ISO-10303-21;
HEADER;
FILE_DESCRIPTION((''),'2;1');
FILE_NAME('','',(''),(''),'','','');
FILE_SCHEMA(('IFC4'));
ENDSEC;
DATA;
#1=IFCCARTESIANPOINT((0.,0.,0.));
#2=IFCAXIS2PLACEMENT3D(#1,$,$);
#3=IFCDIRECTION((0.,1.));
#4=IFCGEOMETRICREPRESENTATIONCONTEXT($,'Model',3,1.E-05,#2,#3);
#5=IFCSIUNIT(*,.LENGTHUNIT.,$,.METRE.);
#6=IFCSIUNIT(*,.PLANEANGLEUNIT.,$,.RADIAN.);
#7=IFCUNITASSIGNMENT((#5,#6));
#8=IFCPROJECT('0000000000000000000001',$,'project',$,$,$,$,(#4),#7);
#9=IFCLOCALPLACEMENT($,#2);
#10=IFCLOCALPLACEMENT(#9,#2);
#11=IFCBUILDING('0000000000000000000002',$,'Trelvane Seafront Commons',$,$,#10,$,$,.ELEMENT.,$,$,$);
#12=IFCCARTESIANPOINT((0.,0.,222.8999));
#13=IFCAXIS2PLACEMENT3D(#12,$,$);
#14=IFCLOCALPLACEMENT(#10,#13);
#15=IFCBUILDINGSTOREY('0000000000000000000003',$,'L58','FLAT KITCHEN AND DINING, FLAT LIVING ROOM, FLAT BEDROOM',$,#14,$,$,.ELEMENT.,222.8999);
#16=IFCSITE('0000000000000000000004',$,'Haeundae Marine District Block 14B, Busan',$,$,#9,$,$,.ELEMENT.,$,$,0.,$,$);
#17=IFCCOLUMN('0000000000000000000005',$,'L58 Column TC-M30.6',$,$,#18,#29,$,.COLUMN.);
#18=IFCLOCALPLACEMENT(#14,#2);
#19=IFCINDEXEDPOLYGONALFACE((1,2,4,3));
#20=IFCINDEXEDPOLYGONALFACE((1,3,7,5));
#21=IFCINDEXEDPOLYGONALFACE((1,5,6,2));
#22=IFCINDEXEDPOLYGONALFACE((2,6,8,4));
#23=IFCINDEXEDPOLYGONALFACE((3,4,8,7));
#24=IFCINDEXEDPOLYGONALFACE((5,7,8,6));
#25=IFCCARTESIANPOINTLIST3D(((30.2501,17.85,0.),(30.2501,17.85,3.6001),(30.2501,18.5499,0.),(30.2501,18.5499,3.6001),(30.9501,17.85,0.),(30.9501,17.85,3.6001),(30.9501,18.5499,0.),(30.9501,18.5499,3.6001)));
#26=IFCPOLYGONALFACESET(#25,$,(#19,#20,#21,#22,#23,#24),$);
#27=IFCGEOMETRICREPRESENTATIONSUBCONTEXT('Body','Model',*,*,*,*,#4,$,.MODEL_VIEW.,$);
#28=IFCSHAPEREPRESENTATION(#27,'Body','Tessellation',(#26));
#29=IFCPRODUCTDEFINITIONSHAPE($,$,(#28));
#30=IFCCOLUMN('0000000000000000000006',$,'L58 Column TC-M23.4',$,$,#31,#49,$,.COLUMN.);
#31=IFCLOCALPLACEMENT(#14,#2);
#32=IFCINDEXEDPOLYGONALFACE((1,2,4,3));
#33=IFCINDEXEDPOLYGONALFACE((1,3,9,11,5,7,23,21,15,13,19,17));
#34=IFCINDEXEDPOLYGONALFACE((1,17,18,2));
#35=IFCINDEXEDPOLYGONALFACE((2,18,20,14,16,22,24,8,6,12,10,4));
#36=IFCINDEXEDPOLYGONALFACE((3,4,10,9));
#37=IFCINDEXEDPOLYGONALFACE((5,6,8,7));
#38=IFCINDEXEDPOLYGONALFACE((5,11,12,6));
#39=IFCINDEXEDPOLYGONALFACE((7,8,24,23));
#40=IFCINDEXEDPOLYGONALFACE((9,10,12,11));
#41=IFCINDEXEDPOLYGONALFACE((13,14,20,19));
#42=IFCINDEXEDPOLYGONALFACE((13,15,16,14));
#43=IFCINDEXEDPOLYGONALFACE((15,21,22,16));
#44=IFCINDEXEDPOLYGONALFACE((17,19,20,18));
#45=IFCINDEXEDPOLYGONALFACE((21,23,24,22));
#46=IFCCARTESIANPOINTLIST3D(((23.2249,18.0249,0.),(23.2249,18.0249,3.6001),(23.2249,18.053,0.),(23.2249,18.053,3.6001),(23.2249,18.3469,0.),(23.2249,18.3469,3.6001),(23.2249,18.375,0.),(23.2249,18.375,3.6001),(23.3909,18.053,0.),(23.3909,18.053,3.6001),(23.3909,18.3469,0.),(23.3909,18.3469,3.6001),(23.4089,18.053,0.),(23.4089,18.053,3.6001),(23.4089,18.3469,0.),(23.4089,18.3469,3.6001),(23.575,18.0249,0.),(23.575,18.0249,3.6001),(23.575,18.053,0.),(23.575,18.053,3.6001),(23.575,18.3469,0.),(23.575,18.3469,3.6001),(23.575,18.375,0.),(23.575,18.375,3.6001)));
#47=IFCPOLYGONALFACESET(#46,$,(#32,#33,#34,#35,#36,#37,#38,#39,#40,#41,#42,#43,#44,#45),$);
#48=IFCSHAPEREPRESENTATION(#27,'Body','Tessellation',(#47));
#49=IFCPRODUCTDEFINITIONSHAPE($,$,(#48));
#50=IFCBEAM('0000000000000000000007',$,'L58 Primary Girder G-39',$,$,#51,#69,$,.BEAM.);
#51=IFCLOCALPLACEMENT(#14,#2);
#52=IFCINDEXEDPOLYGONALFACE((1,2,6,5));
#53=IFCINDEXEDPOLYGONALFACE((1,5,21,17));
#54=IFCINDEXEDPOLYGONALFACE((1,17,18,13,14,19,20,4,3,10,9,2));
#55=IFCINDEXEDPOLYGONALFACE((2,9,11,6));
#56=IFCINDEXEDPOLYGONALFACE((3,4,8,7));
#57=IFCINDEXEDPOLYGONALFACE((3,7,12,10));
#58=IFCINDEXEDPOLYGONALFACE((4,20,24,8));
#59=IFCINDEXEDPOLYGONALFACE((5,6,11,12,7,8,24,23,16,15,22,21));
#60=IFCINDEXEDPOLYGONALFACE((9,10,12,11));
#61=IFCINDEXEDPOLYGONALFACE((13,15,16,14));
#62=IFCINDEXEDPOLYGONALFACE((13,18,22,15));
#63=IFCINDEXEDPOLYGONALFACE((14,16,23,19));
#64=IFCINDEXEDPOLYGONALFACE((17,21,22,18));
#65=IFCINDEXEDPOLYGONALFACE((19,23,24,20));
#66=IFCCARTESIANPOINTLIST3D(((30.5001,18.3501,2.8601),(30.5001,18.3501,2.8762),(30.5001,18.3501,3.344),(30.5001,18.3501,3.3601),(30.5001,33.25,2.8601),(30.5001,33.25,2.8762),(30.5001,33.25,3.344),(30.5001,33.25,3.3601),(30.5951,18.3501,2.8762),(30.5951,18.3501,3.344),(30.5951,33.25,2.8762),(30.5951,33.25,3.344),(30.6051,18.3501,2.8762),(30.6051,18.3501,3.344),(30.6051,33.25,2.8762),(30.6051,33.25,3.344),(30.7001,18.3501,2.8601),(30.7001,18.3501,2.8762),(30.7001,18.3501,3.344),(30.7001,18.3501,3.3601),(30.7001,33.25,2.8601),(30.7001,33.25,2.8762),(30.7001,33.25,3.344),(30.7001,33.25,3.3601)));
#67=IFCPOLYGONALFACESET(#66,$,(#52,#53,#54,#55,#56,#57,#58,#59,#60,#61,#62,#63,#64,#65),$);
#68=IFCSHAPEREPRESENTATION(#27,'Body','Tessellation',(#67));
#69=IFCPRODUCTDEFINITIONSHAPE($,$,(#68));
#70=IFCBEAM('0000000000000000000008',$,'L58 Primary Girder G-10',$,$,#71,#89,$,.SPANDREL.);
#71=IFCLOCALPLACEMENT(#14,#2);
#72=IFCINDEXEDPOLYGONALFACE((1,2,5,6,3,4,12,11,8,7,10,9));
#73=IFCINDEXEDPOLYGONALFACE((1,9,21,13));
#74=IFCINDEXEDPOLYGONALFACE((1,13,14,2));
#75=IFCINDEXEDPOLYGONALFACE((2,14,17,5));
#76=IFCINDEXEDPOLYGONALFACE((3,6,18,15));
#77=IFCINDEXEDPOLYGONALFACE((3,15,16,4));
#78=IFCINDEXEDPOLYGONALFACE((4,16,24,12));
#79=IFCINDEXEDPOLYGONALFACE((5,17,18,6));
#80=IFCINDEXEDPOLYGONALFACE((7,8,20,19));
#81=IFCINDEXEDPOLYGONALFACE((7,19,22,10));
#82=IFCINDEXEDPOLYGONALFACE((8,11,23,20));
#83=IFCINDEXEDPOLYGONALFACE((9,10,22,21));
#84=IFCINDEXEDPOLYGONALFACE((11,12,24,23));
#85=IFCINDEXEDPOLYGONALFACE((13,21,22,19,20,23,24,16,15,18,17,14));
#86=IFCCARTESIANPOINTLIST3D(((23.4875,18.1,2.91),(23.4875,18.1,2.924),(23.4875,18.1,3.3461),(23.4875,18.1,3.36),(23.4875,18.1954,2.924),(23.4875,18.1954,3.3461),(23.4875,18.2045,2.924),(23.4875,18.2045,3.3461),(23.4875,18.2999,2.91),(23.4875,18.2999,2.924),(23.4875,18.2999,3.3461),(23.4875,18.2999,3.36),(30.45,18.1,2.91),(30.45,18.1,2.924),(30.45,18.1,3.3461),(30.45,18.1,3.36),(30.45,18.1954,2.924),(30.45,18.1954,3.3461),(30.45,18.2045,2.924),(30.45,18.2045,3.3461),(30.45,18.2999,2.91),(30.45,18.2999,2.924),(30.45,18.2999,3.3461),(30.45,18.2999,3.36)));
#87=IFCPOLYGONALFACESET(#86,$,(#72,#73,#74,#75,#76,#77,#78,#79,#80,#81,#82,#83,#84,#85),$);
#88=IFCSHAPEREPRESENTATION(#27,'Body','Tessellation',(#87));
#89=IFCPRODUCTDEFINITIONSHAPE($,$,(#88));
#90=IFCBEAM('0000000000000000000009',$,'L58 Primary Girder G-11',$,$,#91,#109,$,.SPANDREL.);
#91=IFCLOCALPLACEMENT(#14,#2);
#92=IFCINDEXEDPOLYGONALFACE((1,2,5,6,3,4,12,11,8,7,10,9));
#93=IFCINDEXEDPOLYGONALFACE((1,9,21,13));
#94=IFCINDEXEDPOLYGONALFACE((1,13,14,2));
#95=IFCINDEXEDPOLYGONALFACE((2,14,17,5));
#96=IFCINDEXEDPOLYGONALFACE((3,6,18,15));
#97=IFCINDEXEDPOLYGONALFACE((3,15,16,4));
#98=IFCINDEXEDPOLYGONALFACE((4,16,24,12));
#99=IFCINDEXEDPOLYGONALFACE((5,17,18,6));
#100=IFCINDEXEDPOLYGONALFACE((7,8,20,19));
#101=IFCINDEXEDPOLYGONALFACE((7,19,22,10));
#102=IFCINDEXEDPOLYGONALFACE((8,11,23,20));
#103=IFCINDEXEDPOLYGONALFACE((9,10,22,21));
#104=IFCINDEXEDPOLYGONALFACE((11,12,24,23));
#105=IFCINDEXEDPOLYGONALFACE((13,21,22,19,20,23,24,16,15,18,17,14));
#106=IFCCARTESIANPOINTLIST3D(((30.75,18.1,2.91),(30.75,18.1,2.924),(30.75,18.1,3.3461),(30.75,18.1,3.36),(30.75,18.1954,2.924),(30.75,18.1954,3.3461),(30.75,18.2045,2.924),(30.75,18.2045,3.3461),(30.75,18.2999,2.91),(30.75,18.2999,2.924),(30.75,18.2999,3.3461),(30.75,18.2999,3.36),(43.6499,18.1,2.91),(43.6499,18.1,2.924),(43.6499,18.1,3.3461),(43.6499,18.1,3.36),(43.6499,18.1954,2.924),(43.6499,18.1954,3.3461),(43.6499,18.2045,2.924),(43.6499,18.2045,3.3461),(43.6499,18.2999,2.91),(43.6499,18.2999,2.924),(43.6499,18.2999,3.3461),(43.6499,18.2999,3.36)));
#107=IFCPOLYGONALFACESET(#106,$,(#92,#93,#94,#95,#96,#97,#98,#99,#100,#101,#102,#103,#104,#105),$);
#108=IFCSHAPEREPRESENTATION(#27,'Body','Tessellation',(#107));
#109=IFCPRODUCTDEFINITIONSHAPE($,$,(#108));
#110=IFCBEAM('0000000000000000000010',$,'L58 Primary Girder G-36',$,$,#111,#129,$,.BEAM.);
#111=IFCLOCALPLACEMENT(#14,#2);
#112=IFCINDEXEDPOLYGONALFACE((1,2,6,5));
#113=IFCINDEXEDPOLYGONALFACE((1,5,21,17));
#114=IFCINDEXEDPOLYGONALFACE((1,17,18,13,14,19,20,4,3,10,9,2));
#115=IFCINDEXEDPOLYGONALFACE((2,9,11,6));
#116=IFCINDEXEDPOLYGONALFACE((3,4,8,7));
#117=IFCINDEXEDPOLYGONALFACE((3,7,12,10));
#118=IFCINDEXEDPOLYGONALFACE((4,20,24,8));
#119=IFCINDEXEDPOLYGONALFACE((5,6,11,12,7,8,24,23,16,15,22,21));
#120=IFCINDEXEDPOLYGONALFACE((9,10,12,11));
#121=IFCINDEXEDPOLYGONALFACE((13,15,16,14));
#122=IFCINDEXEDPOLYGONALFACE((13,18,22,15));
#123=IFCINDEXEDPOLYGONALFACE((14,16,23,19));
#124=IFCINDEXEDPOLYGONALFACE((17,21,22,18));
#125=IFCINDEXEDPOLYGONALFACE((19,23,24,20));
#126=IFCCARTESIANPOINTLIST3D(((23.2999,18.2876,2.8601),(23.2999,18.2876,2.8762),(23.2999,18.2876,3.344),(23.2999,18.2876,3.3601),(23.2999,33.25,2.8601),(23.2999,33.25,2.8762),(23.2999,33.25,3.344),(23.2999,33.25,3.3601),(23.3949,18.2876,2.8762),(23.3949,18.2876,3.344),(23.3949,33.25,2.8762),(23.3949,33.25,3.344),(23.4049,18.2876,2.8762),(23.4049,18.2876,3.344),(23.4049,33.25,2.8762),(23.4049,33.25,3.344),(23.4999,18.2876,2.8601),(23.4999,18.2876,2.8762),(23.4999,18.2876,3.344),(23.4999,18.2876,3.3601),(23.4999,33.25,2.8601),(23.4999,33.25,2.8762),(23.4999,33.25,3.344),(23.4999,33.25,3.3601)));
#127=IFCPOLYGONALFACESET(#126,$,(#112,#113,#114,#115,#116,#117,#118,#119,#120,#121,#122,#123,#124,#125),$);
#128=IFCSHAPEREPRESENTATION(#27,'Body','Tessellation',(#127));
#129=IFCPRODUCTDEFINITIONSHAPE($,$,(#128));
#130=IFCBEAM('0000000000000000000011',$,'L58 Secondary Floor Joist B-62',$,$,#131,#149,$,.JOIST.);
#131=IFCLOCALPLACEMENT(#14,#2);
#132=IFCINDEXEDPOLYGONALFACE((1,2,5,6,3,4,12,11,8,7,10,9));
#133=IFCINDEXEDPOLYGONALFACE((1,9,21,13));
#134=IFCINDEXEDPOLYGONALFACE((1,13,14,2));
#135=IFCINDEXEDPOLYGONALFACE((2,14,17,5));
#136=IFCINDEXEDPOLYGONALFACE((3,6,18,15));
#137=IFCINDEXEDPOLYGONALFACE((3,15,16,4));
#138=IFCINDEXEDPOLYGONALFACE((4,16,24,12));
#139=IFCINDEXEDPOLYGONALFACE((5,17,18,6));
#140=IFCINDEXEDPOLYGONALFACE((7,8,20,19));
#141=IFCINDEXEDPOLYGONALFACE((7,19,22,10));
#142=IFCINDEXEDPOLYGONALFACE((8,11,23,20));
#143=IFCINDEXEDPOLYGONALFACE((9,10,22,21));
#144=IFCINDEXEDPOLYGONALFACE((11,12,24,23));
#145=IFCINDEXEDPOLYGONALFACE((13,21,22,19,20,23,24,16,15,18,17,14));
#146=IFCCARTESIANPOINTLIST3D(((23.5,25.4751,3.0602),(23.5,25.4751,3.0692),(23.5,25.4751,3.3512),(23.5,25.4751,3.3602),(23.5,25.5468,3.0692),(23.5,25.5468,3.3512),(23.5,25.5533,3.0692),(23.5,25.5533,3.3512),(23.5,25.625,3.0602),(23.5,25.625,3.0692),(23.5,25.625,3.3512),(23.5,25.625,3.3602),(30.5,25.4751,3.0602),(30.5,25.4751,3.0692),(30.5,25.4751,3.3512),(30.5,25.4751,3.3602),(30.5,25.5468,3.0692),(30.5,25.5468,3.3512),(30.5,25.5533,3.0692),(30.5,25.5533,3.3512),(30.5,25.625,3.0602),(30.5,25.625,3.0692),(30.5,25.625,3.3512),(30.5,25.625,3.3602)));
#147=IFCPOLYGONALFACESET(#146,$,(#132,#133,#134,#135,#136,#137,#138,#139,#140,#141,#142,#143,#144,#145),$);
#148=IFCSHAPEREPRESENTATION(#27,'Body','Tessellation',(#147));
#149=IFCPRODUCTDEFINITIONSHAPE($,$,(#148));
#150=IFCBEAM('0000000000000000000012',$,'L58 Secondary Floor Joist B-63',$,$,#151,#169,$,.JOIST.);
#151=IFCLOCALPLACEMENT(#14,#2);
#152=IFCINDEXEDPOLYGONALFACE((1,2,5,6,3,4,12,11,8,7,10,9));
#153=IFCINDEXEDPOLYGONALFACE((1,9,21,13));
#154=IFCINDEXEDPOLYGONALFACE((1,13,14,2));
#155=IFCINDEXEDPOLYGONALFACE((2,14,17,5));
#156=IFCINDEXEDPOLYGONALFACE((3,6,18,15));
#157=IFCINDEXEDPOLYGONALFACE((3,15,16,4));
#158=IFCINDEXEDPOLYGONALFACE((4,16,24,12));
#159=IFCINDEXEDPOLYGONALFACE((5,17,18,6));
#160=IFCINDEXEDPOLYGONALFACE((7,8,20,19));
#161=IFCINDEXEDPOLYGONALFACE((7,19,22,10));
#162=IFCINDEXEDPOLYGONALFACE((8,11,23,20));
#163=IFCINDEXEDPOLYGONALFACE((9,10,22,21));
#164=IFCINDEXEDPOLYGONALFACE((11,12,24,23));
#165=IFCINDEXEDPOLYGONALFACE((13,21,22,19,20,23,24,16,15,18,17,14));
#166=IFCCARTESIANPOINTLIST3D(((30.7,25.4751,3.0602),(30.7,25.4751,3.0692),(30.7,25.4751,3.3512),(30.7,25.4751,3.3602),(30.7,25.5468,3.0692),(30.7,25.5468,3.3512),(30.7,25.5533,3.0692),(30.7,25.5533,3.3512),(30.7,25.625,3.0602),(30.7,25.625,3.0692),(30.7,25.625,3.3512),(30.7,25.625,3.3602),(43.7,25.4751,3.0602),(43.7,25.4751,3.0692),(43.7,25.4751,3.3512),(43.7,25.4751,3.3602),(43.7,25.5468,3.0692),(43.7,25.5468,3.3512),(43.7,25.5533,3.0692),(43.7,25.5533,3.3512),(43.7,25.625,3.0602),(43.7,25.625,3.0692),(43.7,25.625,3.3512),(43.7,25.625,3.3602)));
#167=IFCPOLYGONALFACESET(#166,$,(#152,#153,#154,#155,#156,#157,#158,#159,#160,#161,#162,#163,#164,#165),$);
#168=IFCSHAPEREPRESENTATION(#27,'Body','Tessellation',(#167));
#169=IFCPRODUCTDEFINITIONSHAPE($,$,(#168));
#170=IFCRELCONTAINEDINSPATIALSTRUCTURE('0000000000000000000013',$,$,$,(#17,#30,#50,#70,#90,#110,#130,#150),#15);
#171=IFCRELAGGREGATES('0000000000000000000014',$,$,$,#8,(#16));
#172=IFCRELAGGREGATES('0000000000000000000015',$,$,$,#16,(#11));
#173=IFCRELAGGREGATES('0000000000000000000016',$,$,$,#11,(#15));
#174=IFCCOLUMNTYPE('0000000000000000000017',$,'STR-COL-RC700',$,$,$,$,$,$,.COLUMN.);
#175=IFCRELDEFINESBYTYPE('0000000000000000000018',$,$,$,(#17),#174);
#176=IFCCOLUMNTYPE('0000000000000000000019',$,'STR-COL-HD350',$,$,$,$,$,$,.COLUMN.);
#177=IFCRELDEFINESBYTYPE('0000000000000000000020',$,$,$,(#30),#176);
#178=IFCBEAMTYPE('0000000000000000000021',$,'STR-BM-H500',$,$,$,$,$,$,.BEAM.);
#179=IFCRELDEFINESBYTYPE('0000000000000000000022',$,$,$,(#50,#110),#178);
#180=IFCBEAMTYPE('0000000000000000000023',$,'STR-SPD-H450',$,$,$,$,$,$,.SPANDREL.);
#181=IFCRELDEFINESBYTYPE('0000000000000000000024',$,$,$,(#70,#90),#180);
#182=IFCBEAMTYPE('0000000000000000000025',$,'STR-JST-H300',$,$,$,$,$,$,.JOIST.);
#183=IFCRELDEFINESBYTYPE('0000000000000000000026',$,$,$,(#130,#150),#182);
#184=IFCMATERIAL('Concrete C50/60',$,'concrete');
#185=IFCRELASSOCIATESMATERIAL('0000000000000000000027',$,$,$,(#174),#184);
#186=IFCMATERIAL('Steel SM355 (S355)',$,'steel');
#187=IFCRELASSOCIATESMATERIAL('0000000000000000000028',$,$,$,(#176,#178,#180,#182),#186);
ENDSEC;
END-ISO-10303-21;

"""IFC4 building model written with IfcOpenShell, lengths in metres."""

from ifc_helpers import new_model, si_unit, direction, frame, origin, origin_2d, place, context, subcontext, project, spatial, rectangle, i_section, extrude, source, transform, mapped, material, material_profile, profile_set, type_object, element, save


model = new_model("IFC4")

# Units and contexts
model_context = context("Model", 3, precision=1e-05, world=origin(), true_north=direction((0.0, 1.0)))
body_context = subcontext(model_context, "Body", "Model", "MODEL_VIEW")
ifc_project = project(units=[si_unit("LENGTHUNIT", "METRE"), si_unit("PLANEANGLEUNIT", "RADIAN")], contexts=[model_context])

# Site, building, storey
site_placement = place(None, origin())
site = spatial("IfcSite", under=ifc_project, at=site_placement, Name="Haeundae Marine District Block 14B, Busan", CompositionType="ELEMENT", RefElevation=0.0)
building_placement = place(site_placement, origin())
building = spatial("IfcBuilding", under=site, at=building_placement, Name="Trelvane Seafront Commons", CompositionType="ELEMENT")
storey_placement = place(building_placement, frame((0.0, 0.0, 222.8999)))
storey = spatial("IfcBuildingStorey", under=building, at=storey_placement, Name="L58", Description="FLAT KITCHEN AND DINING, FLAT LIVING ROOM, FLAT BEDROOM", CompositionType="ELEMENT", Elevation=222.8999)

# Columns
ifc_material_1 = material(Name="Concrete C50/60", Category="concrete")
ifc_material_profile_1 = material_profile(ifc_material_1, rectangle(XDim=0.7, YDim=0.7, at=origin_2d()), Name="RC-700x700")
ifc_profile_set_1 = profile_set([ifc_material_profile_1], Name="Concrete C50/60")
column_type_1 = type_object("IfcColumnType", Name="STR-COL-RC700", PredefinedType="COLUMN", material=ifc_profile_set_1)
shared_shape_1 = source(origin(), body_context, "Body", "SweptSolid", [
    extrude(rectangle(XDim=0.7, YDim=0.7, at=origin_2d()), origin(), (0.0, 0.0, 1.0), 3.6001),
])
column_1_placement = place(storey_placement, frame((30.6001, 18.2, 0.0), z_axis=(0.0, 0.0, 1.0), x_axis=(1.0, 0.0, 0.0)))
element("IfcColumn", 1, at=column_1_placement, inside=storey, type_object=column_type_1, Name="L58 Column TC-M30.6", PredefinedType="COLUMN", context=body_context, shape_type="MappedRepresentation", body=[
    mapped(shared_shape_1, transform((0.0, 0.0, 0.0), x_axis=(1.0, 0.0, 0.0), y_axis=(0.0, 1.0, 0.0), z_axis=(0.0, 0.0, 1.0), scale=1.0)),
])
ifc_material_2 = material(Name="Steel SM355 (S355)", Category="steel")
ifc_material_profile_2 = material_profile(ifc_material_2, i_section(OverallWidth=0.3501, OverallDepth=0.3501, WebThickness=0.0181, FlangeThickness=0.0281, at=origin_2d()), Name="HD-350x350x18x28")
ifc_profile_set_2 = profile_set([ifc_material_profile_2], Name="Steel SM355 (S355)")
column_type_2 = type_object("IfcColumnType", Name="STR-COL-HD350", PredefinedType="COLUMN", material=ifc_profile_set_2)
shared_shape_2 = source(origin(), body_context, "Body", "SweptSolid", [
    extrude(i_section(OverallWidth=0.3501, OverallDepth=0.3501, WebThickness=0.0181, FlangeThickness=0.0281, at=origin_2d()), origin(), (0.0, 0.0, 1.0), 3.6001),
])
column_2_placement = place(storey_placement, frame((23.3999, 18.2, 0.0), z_axis=(0.0, 0.0, 1.0), x_axis=(1.0, 0.0, 0.0)))
element("IfcColumn", 2, at=column_2_placement, inside=storey, type_object=column_type_2, Name="L58 Column TC-M23.4", PredefinedType="COLUMN", context=body_context, shape_type="MappedRepresentation", body=[
    mapped(shared_shape_2, transform((0.0, 0.0, 0.0), x_axis=(1.0, 0.0, 0.0), y_axis=(0.0, 1.0, 0.0), z_axis=(0.0, 0.0, 1.0), scale=1.0)),
])

# Beams
ifc_material_profile_3 = material_profile(ifc_material_2, i_section(OverallWidth=0.2, OverallDepth=0.5, WebThickness=0.01, FlangeThickness=0.0161, at=origin_2d()), Name="H-500x200x10x16")
ifc_profile_set_3 = profile_set([ifc_material_profile_3], Name="Steel SM355 (S355)")
beam_type_1 = type_object("IfcBeamType", Name="STR-BM-H500", PredefinedType="BEAM", material=ifc_profile_set_3)
shared_shape_3 = source(origin(), body_context, "Body", "SweptSolid", [
    extrude(i_section(OverallWidth=0.2, OverallDepth=0.5, WebThickness=0.01, FlangeThickness=0.0161, at=origin_2d()), origin(), (0.0, 0.0, 1.0), 14.8999),
])
beam_1_placement = place(storey_placement, frame((30.6001, 18.3501, 3.1101), z_axis=(0.0, 1.0, 0.0), x_axis=(-1.0, 0.0, 0.0)))
element("IfcBeam", 3, at=beam_1_placement, inside=storey, type_object=beam_type_1, Name="L58 Primary Girder G-39", PredefinedType="BEAM", context=body_context, shape_type="MappedRepresentation", body=[
    mapped(shared_shape_3, transform((0.0, 0.0, 0.0), x_axis=(1.0, 0.0, 0.0), y_axis=(0.0, 1.0, 0.0), z_axis=(0.0, 0.0, 1.0), scale=1.0)),
])
ifc_material_profile_4 = material_profile(ifc_material_2, i_section(OverallWidth=0.2, OverallDepth=0.45, WebThickness=0.009, FlangeThickness=0.0139, at=origin_2d()), Name="H-450x200x9x14")
ifc_profile_set_4 = profile_set([ifc_material_profile_4], Name="Steel SM355 (S355)")
beam_type_2 = type_object("IfcBeamType", Name="STR-SPD-H450", PredefinedType="SPANDREL", material=ifc_profile_set_4)
shared_shape_4 = source(origin(), body_context, "Body", "SweptSolid", [
    extrude(i_section(OverallWidth=0.2, OverallDepth=0.45, WebThickness=0.009, FlangeThickness=0.0139, at=origin_2d()), origin(), (0.0, 0.0, 1.0), 6.9624),
])
beam_2_placement = place(storey_placement, frame((23.4875, 18.2, 3.135), z_axis=(1.0, 0.0, 0.0), x_axis=(0.0, 1.0, 0.0)))
element("IfcBeam", 4, at=beam_2_placement, inside=storey, type_object=beam_type_2, Name="L58 Primary Girder G-10", PredefinedType="SPANDREL", context=body_context, shape_type="MappedRepresentation", body=[
    mapped(shared_shape_4, transform((0.0, 0.0, 0.0), x_axis=(1.0, 0.0, 0.0), y_axis=(0.0, 1.0, 0.0), z_axis=(0.0, 0.0, 1.0), scale=1.0)),
])
shared_shape_5 = source(origin(), body_context, "Body", "SweptSolid", [
    extrude(i_section(OverallWidth=0.2, OverallDepth=0.45, WebThickness=0.009, FlangeThickness=0.0139, at=origin_2d()), origin(), (0.0, 0.0, 1.0), 12.8999),
])
beam_3_placement = place(storey_placement, frame((30.75, 18.2, 3.135), z_axis=(1.0, 0.0, 0.0), x_axis=(0.0, 1.0, 0.0)))
element("IfcBeam", 5, at=beam_3_placement, inside=storey, type_object=beam_type_2, Name="L58 Primary Girder G-11", PredefinedType="SPANDREL", context=body_context, shape_type="MappedRepresentation", body=[
    mapped(shared_shape_5, transform((0.0, 0.0, 0.0), x_axis=(1.0, 0.0, 0.0), y_axis=(0.0, 1.0, 0.0), z_axis=(0.0, 0.0, 1.0), scale=1.0)),
])
shared_shape_6 = source(origin(), body_context, "Body", "SweptSolid", [
    extrude(i_section(OverallWidth=0.2, OverallDepth=0.5, WebThickness=0.01, FlangeThickness=0.0161, at=origin_2d()), origin(), (0.0, 0.0, 1.0), 14.9624),
])
beam_4_placement = place(storey_placement, frame((23.3999, 18.2876, 3.1101), z_axis=(0.0, 1.0, 0.0), x_axis=(-1.0, 0.0, 0.0)))
element("IfcBeam", 6, at=beam_4_placement, inside=storey, type_object=beam_type_1, Name="L58 Primary Girder G-36", PredefinedType="BEAM", context=body_context, shape_type="MappedRepresentation", body=[
    mapped(shared_shape_6, transform((0.0, 0.0, 0.0), x_axis=(1.0, 0.0, 0.0), y_axis=(0.0, 1.0, 0.0), z_axis=(0.0, 0.0, 1.0), scale=1.0)),
])
ifc_material_profile_5 = material_profile(ifc_material_2, i_section(OverallWidth=0.1499, OverallDepth=0.3, WebThickness=0.0066, FlangeThickness=0.009, at=origin_2d()), Name="H-300x150x6.5x9")
ifc_profile_set_5 = profile_set([ifc_material_profile_5], Name="Steel SM355 (S355)")
beam_type_3 = type_object("IfcBeamType", Name="STR-JST-H300", PredefinedType="JOIST", material=ifc_profile_set_5)
shared_shape_7 = source(origin(), body_context, "Body", "SweptSolid", [
    extrude(i_section(OverallWidth=0.1499, OverallDepth=0.3, WebThickness=0.0066, FlangeThickness=0.009, at=origin_2d()), origin(), (0.0, 0.0, 1.0), 7.0),
])
beam_5_placement = place(storey_placement, frame((23.5, 25.55, 3.2102), z_axis=(1.0, 0.0, 0.0), x_axis=(0.0, 1.0, 0.0)))
element("IfcBeam", 7, at=beam_5_placement, inside=storey, type_object=beam_type_3, Name="L58 Secondary Floor Joist B-62", PredefinedType="JOIST", context=body_context, shape_type="MappedRepresentation", body=[
    mapped(shared_shape_7, transform((0.0, 0.0, 0.0), x_axis=(1.0, 0.0, 0.0), y_axis=(0.0, 1.0, 0.0), z_axis=(0.0, 0.0, 1.0), scale=1.0)),
])
shared_shape_8 = source(origin(), body_context, "Body", "SweptSolid", [
    extrude(i_section(OverallWidth=0.1499, OverallDepth=0.3, WebThickness=0.0066, FlangeThickness=0.009, at=origin_2d()), origin(), (0.0, 0.0, 1.0), 13.0),
])
beam_6_placement = place(storey_placement, frame((30.7, 25.55, 3.2102), z_axis=(1.0, 0.0, 0.0), x_axis=(0.0, 1.0, 0.0)))
element("IfcBeam", 8, at=beam_6_placement, inside=storey, type_object=beam_type_3, Name="L58 Secondary Floor Joist B-63", PredefinedType="JOIST", context=body_context, shape_type="MappedRepresentation", body=[
    mapped(shared_shape_8, transform((0.0, 0.0, 0.0), x_axis=(1.0, 0.0, 0.0), y_axis=(0.0, 1.0, 0.0), z_axis=(0.0, 0.0, 1.0), scale=1.0)),
])

save(model, "model.ifc")
